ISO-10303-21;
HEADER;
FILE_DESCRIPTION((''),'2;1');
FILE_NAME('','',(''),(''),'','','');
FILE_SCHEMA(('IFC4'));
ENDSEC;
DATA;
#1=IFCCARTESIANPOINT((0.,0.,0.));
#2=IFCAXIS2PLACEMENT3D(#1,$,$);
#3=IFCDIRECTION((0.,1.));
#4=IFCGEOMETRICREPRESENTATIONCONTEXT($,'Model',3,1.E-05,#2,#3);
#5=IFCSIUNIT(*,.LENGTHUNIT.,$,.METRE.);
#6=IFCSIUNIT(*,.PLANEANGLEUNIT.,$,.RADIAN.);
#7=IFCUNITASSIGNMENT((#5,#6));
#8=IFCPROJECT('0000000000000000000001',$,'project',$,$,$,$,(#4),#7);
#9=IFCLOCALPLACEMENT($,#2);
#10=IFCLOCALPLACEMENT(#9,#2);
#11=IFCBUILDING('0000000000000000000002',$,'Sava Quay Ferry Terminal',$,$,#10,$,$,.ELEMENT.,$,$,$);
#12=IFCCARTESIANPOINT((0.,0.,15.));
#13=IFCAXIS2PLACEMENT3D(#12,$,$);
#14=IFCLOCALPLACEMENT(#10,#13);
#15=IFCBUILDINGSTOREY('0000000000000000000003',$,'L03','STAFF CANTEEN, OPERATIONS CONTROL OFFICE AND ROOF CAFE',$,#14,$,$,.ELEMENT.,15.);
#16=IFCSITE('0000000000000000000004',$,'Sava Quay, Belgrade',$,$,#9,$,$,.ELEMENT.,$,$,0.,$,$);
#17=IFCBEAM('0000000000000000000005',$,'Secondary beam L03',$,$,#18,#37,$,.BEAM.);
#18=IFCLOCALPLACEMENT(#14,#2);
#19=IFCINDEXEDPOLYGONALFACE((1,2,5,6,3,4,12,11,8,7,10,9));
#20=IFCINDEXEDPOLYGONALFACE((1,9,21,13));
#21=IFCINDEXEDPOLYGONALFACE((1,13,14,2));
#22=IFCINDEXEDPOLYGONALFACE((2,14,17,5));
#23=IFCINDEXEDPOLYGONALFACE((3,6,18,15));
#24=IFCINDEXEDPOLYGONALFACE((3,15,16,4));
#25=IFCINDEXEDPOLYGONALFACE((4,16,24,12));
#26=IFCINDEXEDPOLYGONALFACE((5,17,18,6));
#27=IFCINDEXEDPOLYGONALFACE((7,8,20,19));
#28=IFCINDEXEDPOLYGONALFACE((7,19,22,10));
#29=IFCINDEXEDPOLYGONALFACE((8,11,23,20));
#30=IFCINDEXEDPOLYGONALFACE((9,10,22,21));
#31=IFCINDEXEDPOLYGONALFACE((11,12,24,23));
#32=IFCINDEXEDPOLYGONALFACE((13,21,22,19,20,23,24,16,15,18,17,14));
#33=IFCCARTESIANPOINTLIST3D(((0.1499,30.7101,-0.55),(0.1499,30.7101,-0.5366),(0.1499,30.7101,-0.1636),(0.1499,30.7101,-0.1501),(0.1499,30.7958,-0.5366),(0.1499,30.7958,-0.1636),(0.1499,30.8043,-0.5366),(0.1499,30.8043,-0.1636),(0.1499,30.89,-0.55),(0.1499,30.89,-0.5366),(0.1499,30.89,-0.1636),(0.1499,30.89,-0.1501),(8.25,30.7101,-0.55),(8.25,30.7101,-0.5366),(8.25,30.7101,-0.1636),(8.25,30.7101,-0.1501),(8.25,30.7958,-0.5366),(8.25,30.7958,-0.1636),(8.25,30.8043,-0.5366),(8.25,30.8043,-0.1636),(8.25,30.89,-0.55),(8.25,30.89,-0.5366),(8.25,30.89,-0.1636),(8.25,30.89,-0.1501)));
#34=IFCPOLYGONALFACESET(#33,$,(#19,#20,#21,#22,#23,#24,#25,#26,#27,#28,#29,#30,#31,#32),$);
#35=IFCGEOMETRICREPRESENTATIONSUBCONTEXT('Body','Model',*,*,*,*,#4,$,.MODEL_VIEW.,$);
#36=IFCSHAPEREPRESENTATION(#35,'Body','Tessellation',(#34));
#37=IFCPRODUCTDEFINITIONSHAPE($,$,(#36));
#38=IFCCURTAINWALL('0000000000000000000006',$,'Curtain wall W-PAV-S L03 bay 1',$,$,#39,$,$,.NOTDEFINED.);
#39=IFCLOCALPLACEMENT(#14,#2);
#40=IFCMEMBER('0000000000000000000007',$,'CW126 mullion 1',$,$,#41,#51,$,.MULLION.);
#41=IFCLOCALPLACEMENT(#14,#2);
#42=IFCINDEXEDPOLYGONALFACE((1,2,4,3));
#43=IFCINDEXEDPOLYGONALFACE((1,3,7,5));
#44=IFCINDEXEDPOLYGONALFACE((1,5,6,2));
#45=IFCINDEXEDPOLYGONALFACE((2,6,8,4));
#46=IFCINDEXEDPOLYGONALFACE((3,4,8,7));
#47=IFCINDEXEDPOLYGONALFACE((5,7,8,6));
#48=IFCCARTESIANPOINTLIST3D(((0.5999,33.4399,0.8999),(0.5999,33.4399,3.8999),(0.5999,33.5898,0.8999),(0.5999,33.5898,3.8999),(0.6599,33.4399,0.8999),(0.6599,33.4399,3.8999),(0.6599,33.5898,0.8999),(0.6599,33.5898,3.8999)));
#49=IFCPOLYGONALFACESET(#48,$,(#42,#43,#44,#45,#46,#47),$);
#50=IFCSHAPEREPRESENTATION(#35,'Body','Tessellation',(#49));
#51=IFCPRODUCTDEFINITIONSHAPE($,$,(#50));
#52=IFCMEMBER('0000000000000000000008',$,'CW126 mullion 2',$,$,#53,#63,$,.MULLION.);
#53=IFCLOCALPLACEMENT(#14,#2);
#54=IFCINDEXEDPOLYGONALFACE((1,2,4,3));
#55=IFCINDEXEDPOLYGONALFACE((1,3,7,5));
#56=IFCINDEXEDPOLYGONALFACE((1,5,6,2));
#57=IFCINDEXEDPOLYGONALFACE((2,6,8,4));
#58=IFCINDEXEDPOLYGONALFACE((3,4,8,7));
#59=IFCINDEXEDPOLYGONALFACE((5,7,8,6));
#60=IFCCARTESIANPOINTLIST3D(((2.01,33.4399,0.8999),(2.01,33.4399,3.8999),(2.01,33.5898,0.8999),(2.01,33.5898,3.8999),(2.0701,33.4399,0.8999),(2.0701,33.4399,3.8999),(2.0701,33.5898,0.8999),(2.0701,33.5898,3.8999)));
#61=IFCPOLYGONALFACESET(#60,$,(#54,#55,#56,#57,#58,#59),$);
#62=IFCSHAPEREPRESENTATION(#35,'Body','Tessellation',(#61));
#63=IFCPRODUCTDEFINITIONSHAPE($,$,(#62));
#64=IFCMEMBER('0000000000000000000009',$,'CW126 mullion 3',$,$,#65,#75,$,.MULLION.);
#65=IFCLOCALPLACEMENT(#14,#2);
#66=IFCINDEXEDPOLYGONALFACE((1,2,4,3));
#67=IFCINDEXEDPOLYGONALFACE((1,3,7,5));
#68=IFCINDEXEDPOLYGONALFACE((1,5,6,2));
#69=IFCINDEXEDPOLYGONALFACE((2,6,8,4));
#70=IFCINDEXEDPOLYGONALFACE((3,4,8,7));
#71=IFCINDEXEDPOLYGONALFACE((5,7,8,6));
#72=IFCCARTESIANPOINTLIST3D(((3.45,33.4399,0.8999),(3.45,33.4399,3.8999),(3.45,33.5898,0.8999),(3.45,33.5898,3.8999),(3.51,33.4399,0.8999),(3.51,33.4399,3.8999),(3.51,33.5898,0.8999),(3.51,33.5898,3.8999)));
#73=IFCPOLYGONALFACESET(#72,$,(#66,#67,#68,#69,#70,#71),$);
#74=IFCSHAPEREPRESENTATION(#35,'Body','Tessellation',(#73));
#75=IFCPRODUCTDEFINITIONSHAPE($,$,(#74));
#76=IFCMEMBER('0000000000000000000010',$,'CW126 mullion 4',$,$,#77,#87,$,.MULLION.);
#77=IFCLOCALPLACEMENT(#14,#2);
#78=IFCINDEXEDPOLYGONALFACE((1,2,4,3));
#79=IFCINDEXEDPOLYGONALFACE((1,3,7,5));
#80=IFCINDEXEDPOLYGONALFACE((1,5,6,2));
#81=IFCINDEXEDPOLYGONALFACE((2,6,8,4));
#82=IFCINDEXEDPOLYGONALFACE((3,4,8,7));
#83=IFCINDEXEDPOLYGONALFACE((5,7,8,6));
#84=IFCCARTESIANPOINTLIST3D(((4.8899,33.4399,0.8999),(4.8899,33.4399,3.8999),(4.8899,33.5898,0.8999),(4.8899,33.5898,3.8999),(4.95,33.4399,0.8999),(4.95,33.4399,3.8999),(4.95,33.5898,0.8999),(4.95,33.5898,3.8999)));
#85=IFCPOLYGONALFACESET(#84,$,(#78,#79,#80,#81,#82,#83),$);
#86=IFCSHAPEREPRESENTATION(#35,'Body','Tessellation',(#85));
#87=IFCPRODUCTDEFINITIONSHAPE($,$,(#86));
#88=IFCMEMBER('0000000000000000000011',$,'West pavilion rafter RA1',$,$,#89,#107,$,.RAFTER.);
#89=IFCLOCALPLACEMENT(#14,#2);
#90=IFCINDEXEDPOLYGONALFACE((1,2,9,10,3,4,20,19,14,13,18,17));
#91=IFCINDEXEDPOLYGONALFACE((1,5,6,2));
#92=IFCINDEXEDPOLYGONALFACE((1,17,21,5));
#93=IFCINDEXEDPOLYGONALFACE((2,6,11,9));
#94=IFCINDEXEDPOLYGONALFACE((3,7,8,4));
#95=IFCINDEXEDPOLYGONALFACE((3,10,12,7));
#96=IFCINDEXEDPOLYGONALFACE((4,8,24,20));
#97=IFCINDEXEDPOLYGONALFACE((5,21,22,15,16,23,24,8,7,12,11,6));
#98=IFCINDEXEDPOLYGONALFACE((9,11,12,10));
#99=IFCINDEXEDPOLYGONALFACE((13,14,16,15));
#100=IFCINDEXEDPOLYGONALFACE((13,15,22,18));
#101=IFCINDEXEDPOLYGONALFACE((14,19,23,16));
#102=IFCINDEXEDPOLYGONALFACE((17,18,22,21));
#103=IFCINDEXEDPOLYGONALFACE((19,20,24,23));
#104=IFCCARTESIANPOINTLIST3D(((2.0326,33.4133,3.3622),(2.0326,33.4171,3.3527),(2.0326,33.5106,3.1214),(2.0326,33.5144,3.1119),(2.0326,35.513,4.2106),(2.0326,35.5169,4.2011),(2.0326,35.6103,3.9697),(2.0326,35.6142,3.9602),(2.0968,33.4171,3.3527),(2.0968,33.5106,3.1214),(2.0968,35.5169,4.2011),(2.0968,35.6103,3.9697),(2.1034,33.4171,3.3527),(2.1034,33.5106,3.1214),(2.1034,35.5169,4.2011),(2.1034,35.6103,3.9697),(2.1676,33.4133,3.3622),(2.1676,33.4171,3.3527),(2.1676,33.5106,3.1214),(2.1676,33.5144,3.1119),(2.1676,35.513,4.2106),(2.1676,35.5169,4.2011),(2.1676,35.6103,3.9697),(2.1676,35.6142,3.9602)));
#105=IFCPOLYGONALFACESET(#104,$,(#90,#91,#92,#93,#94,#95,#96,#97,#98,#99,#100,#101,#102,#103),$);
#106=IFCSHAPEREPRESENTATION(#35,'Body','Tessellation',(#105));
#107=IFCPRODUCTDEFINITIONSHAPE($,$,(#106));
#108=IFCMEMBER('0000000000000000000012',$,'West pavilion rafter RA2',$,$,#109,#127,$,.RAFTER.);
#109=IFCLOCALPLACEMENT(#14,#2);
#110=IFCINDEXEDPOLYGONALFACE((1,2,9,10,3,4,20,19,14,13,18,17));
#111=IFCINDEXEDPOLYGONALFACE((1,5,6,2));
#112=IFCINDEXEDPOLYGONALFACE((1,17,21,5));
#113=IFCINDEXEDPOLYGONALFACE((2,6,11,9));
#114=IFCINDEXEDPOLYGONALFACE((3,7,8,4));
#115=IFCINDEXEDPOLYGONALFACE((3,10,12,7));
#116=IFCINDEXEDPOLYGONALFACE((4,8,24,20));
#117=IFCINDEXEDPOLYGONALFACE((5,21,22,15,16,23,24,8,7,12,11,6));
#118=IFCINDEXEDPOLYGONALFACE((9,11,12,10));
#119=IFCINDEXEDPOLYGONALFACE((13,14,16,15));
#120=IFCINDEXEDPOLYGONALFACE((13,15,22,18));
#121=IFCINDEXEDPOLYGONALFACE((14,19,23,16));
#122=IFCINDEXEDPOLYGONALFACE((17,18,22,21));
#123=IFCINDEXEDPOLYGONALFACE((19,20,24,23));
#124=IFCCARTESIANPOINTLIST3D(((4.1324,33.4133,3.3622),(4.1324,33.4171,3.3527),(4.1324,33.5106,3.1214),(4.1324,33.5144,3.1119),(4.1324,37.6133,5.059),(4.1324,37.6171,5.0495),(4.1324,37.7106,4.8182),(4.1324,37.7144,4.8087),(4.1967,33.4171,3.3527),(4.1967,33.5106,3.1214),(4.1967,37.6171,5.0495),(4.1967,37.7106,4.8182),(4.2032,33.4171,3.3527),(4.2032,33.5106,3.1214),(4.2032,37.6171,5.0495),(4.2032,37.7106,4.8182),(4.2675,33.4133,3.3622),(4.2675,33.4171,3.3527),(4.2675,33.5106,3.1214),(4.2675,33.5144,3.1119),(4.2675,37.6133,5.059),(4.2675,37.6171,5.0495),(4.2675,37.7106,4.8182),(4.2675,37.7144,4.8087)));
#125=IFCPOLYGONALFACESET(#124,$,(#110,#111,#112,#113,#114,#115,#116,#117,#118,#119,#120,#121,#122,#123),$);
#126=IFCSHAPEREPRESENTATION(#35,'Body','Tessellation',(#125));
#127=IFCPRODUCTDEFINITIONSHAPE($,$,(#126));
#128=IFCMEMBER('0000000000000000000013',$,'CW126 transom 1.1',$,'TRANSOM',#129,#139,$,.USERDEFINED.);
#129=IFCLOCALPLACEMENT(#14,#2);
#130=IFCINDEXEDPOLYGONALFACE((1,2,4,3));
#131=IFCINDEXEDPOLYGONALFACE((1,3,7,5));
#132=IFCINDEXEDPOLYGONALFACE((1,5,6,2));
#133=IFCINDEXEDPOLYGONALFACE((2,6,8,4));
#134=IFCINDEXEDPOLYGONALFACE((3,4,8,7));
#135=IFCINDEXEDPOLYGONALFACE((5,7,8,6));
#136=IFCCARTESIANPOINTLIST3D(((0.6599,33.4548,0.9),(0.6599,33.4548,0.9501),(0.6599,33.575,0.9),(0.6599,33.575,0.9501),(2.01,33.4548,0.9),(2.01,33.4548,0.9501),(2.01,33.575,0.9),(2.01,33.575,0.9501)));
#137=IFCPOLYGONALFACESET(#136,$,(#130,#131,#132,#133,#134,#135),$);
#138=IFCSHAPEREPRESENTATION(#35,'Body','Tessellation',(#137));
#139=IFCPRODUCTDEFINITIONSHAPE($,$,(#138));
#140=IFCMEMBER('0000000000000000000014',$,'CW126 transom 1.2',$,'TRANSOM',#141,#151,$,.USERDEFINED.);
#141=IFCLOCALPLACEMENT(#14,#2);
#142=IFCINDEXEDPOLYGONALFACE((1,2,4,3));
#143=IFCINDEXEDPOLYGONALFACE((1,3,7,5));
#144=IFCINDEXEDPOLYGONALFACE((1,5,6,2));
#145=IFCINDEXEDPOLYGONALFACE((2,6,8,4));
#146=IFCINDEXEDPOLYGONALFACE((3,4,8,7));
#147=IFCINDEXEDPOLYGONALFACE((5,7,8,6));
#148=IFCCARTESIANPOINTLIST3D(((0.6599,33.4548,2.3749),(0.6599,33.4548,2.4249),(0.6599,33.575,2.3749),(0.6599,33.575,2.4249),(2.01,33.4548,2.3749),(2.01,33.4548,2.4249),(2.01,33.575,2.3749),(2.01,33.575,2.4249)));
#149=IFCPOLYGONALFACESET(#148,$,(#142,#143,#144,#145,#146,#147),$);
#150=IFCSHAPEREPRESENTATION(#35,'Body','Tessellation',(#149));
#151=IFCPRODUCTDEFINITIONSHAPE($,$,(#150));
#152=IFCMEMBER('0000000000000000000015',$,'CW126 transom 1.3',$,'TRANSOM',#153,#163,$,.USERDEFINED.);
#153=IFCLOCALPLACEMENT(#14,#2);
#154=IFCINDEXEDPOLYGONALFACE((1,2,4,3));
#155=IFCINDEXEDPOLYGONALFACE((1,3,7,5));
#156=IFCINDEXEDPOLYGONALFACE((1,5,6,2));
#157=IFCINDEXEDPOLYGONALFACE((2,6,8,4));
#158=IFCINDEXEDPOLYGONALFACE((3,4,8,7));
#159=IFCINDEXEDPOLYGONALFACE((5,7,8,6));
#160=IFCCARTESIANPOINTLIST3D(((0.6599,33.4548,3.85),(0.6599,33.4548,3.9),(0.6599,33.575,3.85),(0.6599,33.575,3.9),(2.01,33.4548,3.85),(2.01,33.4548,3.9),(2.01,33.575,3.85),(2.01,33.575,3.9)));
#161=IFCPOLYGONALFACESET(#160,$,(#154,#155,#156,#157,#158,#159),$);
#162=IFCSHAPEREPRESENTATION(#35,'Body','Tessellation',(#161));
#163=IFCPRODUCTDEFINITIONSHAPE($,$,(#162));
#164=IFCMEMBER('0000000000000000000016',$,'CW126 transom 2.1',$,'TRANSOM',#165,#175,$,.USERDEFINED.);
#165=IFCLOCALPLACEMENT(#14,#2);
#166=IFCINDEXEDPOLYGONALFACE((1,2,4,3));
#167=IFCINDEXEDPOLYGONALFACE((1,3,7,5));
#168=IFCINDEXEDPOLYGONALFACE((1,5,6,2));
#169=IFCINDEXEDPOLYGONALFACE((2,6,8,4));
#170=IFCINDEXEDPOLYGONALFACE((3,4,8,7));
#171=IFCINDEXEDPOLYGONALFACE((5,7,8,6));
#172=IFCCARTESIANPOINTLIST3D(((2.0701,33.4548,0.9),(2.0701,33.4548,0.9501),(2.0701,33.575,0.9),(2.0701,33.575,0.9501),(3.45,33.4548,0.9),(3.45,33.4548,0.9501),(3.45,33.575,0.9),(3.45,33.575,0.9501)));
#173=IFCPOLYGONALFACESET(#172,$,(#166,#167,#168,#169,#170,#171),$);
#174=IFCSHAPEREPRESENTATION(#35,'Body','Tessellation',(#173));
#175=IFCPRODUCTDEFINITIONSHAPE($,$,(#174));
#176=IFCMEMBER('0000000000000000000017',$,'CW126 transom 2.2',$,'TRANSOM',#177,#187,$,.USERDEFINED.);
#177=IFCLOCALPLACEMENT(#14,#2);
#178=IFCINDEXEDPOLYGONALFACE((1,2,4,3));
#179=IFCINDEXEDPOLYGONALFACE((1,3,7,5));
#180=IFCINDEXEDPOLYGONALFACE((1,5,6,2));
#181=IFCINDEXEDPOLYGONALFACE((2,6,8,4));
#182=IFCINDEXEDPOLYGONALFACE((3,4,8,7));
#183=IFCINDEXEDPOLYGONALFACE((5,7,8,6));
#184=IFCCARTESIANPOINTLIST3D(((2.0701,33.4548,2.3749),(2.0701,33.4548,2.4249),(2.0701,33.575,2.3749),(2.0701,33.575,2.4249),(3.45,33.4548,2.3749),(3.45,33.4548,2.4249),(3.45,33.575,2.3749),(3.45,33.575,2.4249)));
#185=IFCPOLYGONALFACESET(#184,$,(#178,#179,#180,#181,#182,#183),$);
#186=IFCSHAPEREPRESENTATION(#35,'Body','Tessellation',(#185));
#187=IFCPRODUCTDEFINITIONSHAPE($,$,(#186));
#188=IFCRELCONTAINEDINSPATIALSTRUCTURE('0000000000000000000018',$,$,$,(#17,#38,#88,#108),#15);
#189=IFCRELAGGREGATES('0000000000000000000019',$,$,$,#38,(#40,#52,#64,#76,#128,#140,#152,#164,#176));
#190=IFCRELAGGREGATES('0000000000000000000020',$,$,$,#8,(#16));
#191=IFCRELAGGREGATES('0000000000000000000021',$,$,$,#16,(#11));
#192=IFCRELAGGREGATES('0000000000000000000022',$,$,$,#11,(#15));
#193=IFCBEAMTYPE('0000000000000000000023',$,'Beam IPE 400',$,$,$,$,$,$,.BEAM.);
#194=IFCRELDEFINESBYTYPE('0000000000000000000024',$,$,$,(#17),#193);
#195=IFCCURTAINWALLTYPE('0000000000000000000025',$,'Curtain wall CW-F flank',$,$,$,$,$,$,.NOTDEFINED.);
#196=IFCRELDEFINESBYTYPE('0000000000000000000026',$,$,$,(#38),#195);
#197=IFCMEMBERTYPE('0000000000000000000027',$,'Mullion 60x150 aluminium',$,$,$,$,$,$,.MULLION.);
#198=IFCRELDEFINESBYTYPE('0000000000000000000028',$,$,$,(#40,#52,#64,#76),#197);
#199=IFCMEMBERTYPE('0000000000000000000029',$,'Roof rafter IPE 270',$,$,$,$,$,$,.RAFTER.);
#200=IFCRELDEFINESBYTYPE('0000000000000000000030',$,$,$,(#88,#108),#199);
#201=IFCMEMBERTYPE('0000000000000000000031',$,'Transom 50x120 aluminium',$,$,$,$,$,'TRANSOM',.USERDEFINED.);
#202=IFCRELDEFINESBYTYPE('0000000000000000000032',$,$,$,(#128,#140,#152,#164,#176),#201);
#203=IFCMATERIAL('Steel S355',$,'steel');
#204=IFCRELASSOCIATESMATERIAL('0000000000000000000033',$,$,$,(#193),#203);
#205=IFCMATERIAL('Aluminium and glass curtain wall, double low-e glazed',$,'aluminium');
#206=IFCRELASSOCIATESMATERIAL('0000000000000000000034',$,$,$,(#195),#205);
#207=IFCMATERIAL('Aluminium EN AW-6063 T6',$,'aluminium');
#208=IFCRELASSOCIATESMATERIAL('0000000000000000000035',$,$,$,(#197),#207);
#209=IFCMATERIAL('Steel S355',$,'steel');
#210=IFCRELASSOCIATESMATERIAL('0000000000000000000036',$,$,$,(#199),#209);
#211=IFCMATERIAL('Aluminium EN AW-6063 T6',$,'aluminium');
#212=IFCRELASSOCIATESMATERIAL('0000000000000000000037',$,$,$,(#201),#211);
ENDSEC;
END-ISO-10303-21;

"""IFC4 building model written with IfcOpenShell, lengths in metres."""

from ifc_helpers import new_model, si_unit, direction, frame, origin, origin_2d, place, context, subcontext, project, spatial, rectangle, i_section, extrude, material, material_profile, profile_set, type_object, element, aggregate, save


model = new_model("IFC4")

# Units and contexts
model_context = context("Model", 3, precision=1e-05, world=origin(), true_north=direction((0.0, 1.0)))
body_context = subcontext(model_context, "Body", "Model", "MODEL_VIEW")
ifc_project = project(units=[si_unit("LENGTHUNIT", "METRE"), si_unit("PLANEANGLEUNIT", "RADIAN")], contexts=[model_context])

# Site, building, storey
site_placement = place(None, origin())
site = spatial("IfcSite", under=ifc_project, at=site_placement, Name="Sava Quay, Belgrade", CompositionType="ELEMENT", RefElevation=0.0)
building_placement = place(site_placement, origin())
building = spatial("IfcBuilding", under=site, at=building_placement, Name="Sava Quay Ferry Terminal", CompositionType="ELEMENT")
storey_placement = place(building_placement, frame((0.0, 0.0, 15.0)))
storey = spatial("IfcBuildingStorey", under=building, at=storey_placement, Name="L03", Description="STAFF CANTEEN, OPERATIONS CONTROL OFFICE AND ROOF CAFE", CompositionType="ELEMENT", Elevation=15.0)

# Beam
ifc_material_1 = material(Name="Steel S355", Category="steel")
ifc_material_profile_1 = material_profile(ifc_material_1, i_section(OverallWidth=0.1799, OverallDepth=0.3999, WebThickness=0.0085, FlangeThickness=0.0134, at=origin_2d()), Name="IPE 400")
ifc_profile_set_1 = profile_set([ifc_material_profile_1], Name="Steel S355")
beam_type = type_object("IfcBeamType", Name="Beam IPE 400", PredefinedType="BEAM", material=ifc_profile_set_1)
beam_placement = place(storey_placement, frame((0.1499, 30.8, -0.3501), z_axis=(1.0, 0.0, 0.0), x_axis=(0.0, 1.0, 0.0)))
element("IfcBeam", 1, at=beam_placement, inside=storey, type_object=beam_type, Name="Secondary beam L03", PredefinedType="BEAM", context=body_context, shape_type="SweptSolid", body=[
    extrude(i_section(OverallWidth=0.1799, OverallDepth=0.3999, WebThickness=0.0085, FlangeThickness=0.0134, at=origin_2d()), origin(), (0.0, 0.0, 1.0), 8.1001),
])

# Curtain wall, members
ifc_material_2 = material(Name="Aluminium and glass curtain wall, double low-e glazed", Category="aluminium")
curtain_wall_type = type_object("IfcCurtainWallType", Name="Curtain wall CW-F flank", PredefinedType="NOTDEFINED", material=ifc_material_2)
curtain_wall_placement = place(storey_placement, origin())
curtain_wall = element("IfcCurtainWall", 2, at=curtain_wall_placement, inside=storey, type_object=curtain_wall_type, Name="Curtain wall W-PAV-S L03 bay 1", PredefinedType="NOTDEFINED")
ifc_material_3 = material(Name="Aluminium EN AW-6063 T6", Category="aluminium")
ifc_material_profile_2 = material_profile(ifc_material_3, rectangle(XDim=0.1499, YDim=0.0601, at=origin_2d()), Name="Mullion 60x150 aluminium")
ifc_profile_set_2 = profile_set([ifc_material_profile_2], Name="Aluminium EN AW-6063 T6")
member_type_1 = type_object("IfcMemberType", Name="Mullion 60x150 aluminium", PredefinedType="MULLION", material=ifc_profile_set_2)
member_1_placement = place(storey_placement, frame((0.6299, 33.5149, 0.8999), z_axis=(0.0, 0.0, 1.0), x_axis=(0.0, 1.0, 0.0)))
member_1 = element("IfcMember", 3, at=member_1_placement, type_object=member_type_1, Name="CW126 mullion 1", PredefinedType="MULLION", context=body_context, shape_type="SweptSolid", body=[
    extrude(rectangle(XDim=0.1499, YDim=0.0601, at=origin_2d()), origin(), (0.0, 0.0, 1.0), 3.0),
])
member_2_placement = place(storey_placement, frame((2.04, 33.5149, 0.8999), z_axis=(0.0, 0.0, 1.0), x_axis=(0.0, 1.0, 0.0)))
member_2 = element("IfcMember", 4, at=member_2_placement, type_object=member_type_1, Name="CW126 mullion 2", PredefinedType="MULLION", context=body_context, shape_type="SweptSolid", body=[
    extrude(rectangle(XDim=0.1499, YDim=0.0601, at=origin_2d()), origin(), (0.0, 0.0, 1.0), 3.0),
])
member_3_placement = place(storey_placement, frame((3.48, 33.5149, 0.8999), z_axis=(0.0, 0.0, 1.0), x_axis=(0.0, 1.0, 0.0)))
member_3 = element("IfcMember", 5, at=member_3_placement, type_object=member_type_1, Name="CW126 mullion 3", PredefinedType="MULLION", context=body_context, shape_type="SweptSolid", body=[
    extrude(rectangle(XDim=0.1499, YDim=0.0601, at=origin_2d()), origin(), (0.0, 0.0, 1.0), 3.0),
])
member_4_placement = place(storey_placement, frame((4.9199, 33.5149, 0.8999), z_axis=(0.0, 0.0, 1.0), x_axis=(0.0, 1.0, 0.0)))
member_4 = element("IfcMember", 6, at=member_4_placement, type_object=member_type_1, Name="CW126 mullion 4", PredefinedType="MULLION", context=body_context, shape_type="SweptSolid", body=[
    extrude(rectangle(XDim=0.1499, YDim=0.0601, at=origin_2d()), origin(), (0.0, 0.0, 1.0), 3.0),
])

# Members
ifc_material_4 = material(Name="Steel S355", Category="steel")
ifc_material_profile_3 = material_profile(ifc_material_4, i_section(OverallWidth=0.135, OverallDepth=0.27, WebThickness=0.0066, FlangeThickness=0.0103, at=origin_2d()), Name="IPE 270")
ifc_profile_set_3 = profile_set([ifc_material_profile_3], Name="Steel S355")
member_type_2 = type_object("IfcMemberType", Name="Roof rafter IPE 270", PredefinedType="RAFTER", material=ifc_profile_set_3)
member_5_placement = place(storey_placement, frame((2.1001, 33.4639, 3.2371), z_axis=(0.0, 0.927185, 0.374604), x_axis=(-1.0, 0.0, 0.0)))
element("IfcMember", 7, at=member_5_placement, inside=storey, type_object=member_type_2, Name="West pavilion rafter RA1", PredefinedType="RAFTER", context=body_context, shape_type="SweptSolid", body=[
    extrude(i_section(OverallWidth=0.135, OverallDepth=0.27, WebThickness=0.0066, FlangeThickness=0.0103, at=origin_2d()), origin(), (0.0, 0.0, 1.0), 2.2646),
])
member_6_placement = place(storey_placement, frame((4.2, 33.4639, 3.2371), z_axis=(0.0, 0.927193, 0.374585), x_axis=(-1.0, 0.0, 0.0)))
element("IfcMember", 8, at=member_6_placement, inside=storey, type_object=member_type_2, Name="West pavilion rafter RA2", PredefinedType="RAFTER", context=body_context, shape_type="SweptSolid", body=[
    extrude(i_section(OverallWidth=0.135, OverallDepth=0.27, WebThickness=0.0066, FlangeThickness=0.0103, at=origin_2d()), origin(), (0.0, 0.0, 1.0), 4.5298),
])

# Members
ifc_material_5 = material(Name="Aluminium EN AW-6063 T6", Category="aluminium")
ifc_material_profile_4 = material_profile(ifc_material_5, rectangle(XDim=0.1201, YDim=0.05, at=origin_2d()), Name="Transom 50x120 aluminium")
ifc_profile_set_4 = profile_set([ifc_material_profile_4], Name="Aluminium EN AW-6063 T6")
member_type_3 = type_object("IfcMemberType", Name="Transom 50x120 aluminium", ElementType="TRANSOM", PredefinedType="USERDEFINED", material=ifc_profile_set_4)
member_7_placement = place(storey_placement, frame((0.6599, 33.5149, 0.925), z_axis=(1.0, 0.0, 0.0), x_axis=(0.0, 1.0, 0.0)))
member_7 = element("IfcMember", 9, at=member_7_placement, type_object=member_type_3, Name="CW126 transom 1.1", ObjectType="TRANSOM", PredefinedType="USERDEFINED", context=body_context, shape_type="SweptSolid", body=[
    extrude(rectangle(XDim=0.1201, YDim=0.05, at=origin_2d()), origin(), (0.0, 0.0, 1.0), 1.3501),
])
member_8_placement = place(storey_placement, frame((0.6599, 33.5149, 2.3999), z_axis=(1.0, 0.0, 0.0), x_axis=(0.0, 1.0, 0.0)))
member_8 = element("IfcMember", 10, at=member_8_placement, type_object=member_type_3, Name="CW126 transom 1.2", ObjectType="TRANSOM", PredefinedType="USERDEFINED", context=body_context, shape_type="SweptSolid", body=[
    extrude(rectangle(XDim=0.1201, YDim=0.05, at=origin_2d()), origin(), (0.0, 0.0, 1.0), 1.3501),
])
member_9_placement = place(storey_placement, frame((0.6599, 33.5149, 3.875), z_axis=(1.0, 0.0, 0.0), x_axis=(0.0, 1.0, 0.0)))
member_9 = element("IfcMember", 11, at=member_9_placement, type_object=member_type_3, Name="CW126 transom 1.3", ObjectType="TRANSOM", PredefinedType="USERDEFINED", context=body_context, shape_type="SweptSolid", body=[
    extrude(rectangle(XDim=0.1201, YDim=0.05, at=origin_2d()), origin(), (0.0, 0.0, 1.0), 1.3501),
])
member_10_placement = place(storey_placement, frame((2.0701, 33.5149, 0.925), z_axis=(1.0, 0.0, 0.0), x_axis=(0.0, 1.0, 0.0)))
member_10 = element("IfcMember", 12, at=member_10_placement, type_object=member_type_3, Name="CW126 transom 2.1", ObjectType="TRANSOM", PredefinedType="USERDEFINED", context=body_context, shape_type="SweptSolid", body=[
    extrude(rectangle(XDim=0.1201, YDim=0.05, at=origin_2d()), origin(), (0.0, 0.0, 1.0), 1.3799),
])
member_11_placement = place(storey_placement, frame((2.0701, 33.5149, 2.3999), z_axis=(1.0, 0.0, 0.0), x_axis=(0.0, 1.0, 0.0)))
member_11 = element("IfcMember", 13, at=member_11_placement, type_object=member_type_3, Name="CW126 transom 2.2", ObjectType="TRANSOM", PredefinedType="USERDEFINED", context=body_context, shape_type="SweptSolid", body=[
    extrude(rectangle(XDim=0.1201, YDim=0.05, at=origin_2d()), origin(), (0.0, 0.0, 1.0), 1.3799),
])

aggregate(curtain_wall, [member_1, member_2, member_3, member_4, member_7, member_8, member_9, member_10, member_11])

save(model, "model.ifc")
